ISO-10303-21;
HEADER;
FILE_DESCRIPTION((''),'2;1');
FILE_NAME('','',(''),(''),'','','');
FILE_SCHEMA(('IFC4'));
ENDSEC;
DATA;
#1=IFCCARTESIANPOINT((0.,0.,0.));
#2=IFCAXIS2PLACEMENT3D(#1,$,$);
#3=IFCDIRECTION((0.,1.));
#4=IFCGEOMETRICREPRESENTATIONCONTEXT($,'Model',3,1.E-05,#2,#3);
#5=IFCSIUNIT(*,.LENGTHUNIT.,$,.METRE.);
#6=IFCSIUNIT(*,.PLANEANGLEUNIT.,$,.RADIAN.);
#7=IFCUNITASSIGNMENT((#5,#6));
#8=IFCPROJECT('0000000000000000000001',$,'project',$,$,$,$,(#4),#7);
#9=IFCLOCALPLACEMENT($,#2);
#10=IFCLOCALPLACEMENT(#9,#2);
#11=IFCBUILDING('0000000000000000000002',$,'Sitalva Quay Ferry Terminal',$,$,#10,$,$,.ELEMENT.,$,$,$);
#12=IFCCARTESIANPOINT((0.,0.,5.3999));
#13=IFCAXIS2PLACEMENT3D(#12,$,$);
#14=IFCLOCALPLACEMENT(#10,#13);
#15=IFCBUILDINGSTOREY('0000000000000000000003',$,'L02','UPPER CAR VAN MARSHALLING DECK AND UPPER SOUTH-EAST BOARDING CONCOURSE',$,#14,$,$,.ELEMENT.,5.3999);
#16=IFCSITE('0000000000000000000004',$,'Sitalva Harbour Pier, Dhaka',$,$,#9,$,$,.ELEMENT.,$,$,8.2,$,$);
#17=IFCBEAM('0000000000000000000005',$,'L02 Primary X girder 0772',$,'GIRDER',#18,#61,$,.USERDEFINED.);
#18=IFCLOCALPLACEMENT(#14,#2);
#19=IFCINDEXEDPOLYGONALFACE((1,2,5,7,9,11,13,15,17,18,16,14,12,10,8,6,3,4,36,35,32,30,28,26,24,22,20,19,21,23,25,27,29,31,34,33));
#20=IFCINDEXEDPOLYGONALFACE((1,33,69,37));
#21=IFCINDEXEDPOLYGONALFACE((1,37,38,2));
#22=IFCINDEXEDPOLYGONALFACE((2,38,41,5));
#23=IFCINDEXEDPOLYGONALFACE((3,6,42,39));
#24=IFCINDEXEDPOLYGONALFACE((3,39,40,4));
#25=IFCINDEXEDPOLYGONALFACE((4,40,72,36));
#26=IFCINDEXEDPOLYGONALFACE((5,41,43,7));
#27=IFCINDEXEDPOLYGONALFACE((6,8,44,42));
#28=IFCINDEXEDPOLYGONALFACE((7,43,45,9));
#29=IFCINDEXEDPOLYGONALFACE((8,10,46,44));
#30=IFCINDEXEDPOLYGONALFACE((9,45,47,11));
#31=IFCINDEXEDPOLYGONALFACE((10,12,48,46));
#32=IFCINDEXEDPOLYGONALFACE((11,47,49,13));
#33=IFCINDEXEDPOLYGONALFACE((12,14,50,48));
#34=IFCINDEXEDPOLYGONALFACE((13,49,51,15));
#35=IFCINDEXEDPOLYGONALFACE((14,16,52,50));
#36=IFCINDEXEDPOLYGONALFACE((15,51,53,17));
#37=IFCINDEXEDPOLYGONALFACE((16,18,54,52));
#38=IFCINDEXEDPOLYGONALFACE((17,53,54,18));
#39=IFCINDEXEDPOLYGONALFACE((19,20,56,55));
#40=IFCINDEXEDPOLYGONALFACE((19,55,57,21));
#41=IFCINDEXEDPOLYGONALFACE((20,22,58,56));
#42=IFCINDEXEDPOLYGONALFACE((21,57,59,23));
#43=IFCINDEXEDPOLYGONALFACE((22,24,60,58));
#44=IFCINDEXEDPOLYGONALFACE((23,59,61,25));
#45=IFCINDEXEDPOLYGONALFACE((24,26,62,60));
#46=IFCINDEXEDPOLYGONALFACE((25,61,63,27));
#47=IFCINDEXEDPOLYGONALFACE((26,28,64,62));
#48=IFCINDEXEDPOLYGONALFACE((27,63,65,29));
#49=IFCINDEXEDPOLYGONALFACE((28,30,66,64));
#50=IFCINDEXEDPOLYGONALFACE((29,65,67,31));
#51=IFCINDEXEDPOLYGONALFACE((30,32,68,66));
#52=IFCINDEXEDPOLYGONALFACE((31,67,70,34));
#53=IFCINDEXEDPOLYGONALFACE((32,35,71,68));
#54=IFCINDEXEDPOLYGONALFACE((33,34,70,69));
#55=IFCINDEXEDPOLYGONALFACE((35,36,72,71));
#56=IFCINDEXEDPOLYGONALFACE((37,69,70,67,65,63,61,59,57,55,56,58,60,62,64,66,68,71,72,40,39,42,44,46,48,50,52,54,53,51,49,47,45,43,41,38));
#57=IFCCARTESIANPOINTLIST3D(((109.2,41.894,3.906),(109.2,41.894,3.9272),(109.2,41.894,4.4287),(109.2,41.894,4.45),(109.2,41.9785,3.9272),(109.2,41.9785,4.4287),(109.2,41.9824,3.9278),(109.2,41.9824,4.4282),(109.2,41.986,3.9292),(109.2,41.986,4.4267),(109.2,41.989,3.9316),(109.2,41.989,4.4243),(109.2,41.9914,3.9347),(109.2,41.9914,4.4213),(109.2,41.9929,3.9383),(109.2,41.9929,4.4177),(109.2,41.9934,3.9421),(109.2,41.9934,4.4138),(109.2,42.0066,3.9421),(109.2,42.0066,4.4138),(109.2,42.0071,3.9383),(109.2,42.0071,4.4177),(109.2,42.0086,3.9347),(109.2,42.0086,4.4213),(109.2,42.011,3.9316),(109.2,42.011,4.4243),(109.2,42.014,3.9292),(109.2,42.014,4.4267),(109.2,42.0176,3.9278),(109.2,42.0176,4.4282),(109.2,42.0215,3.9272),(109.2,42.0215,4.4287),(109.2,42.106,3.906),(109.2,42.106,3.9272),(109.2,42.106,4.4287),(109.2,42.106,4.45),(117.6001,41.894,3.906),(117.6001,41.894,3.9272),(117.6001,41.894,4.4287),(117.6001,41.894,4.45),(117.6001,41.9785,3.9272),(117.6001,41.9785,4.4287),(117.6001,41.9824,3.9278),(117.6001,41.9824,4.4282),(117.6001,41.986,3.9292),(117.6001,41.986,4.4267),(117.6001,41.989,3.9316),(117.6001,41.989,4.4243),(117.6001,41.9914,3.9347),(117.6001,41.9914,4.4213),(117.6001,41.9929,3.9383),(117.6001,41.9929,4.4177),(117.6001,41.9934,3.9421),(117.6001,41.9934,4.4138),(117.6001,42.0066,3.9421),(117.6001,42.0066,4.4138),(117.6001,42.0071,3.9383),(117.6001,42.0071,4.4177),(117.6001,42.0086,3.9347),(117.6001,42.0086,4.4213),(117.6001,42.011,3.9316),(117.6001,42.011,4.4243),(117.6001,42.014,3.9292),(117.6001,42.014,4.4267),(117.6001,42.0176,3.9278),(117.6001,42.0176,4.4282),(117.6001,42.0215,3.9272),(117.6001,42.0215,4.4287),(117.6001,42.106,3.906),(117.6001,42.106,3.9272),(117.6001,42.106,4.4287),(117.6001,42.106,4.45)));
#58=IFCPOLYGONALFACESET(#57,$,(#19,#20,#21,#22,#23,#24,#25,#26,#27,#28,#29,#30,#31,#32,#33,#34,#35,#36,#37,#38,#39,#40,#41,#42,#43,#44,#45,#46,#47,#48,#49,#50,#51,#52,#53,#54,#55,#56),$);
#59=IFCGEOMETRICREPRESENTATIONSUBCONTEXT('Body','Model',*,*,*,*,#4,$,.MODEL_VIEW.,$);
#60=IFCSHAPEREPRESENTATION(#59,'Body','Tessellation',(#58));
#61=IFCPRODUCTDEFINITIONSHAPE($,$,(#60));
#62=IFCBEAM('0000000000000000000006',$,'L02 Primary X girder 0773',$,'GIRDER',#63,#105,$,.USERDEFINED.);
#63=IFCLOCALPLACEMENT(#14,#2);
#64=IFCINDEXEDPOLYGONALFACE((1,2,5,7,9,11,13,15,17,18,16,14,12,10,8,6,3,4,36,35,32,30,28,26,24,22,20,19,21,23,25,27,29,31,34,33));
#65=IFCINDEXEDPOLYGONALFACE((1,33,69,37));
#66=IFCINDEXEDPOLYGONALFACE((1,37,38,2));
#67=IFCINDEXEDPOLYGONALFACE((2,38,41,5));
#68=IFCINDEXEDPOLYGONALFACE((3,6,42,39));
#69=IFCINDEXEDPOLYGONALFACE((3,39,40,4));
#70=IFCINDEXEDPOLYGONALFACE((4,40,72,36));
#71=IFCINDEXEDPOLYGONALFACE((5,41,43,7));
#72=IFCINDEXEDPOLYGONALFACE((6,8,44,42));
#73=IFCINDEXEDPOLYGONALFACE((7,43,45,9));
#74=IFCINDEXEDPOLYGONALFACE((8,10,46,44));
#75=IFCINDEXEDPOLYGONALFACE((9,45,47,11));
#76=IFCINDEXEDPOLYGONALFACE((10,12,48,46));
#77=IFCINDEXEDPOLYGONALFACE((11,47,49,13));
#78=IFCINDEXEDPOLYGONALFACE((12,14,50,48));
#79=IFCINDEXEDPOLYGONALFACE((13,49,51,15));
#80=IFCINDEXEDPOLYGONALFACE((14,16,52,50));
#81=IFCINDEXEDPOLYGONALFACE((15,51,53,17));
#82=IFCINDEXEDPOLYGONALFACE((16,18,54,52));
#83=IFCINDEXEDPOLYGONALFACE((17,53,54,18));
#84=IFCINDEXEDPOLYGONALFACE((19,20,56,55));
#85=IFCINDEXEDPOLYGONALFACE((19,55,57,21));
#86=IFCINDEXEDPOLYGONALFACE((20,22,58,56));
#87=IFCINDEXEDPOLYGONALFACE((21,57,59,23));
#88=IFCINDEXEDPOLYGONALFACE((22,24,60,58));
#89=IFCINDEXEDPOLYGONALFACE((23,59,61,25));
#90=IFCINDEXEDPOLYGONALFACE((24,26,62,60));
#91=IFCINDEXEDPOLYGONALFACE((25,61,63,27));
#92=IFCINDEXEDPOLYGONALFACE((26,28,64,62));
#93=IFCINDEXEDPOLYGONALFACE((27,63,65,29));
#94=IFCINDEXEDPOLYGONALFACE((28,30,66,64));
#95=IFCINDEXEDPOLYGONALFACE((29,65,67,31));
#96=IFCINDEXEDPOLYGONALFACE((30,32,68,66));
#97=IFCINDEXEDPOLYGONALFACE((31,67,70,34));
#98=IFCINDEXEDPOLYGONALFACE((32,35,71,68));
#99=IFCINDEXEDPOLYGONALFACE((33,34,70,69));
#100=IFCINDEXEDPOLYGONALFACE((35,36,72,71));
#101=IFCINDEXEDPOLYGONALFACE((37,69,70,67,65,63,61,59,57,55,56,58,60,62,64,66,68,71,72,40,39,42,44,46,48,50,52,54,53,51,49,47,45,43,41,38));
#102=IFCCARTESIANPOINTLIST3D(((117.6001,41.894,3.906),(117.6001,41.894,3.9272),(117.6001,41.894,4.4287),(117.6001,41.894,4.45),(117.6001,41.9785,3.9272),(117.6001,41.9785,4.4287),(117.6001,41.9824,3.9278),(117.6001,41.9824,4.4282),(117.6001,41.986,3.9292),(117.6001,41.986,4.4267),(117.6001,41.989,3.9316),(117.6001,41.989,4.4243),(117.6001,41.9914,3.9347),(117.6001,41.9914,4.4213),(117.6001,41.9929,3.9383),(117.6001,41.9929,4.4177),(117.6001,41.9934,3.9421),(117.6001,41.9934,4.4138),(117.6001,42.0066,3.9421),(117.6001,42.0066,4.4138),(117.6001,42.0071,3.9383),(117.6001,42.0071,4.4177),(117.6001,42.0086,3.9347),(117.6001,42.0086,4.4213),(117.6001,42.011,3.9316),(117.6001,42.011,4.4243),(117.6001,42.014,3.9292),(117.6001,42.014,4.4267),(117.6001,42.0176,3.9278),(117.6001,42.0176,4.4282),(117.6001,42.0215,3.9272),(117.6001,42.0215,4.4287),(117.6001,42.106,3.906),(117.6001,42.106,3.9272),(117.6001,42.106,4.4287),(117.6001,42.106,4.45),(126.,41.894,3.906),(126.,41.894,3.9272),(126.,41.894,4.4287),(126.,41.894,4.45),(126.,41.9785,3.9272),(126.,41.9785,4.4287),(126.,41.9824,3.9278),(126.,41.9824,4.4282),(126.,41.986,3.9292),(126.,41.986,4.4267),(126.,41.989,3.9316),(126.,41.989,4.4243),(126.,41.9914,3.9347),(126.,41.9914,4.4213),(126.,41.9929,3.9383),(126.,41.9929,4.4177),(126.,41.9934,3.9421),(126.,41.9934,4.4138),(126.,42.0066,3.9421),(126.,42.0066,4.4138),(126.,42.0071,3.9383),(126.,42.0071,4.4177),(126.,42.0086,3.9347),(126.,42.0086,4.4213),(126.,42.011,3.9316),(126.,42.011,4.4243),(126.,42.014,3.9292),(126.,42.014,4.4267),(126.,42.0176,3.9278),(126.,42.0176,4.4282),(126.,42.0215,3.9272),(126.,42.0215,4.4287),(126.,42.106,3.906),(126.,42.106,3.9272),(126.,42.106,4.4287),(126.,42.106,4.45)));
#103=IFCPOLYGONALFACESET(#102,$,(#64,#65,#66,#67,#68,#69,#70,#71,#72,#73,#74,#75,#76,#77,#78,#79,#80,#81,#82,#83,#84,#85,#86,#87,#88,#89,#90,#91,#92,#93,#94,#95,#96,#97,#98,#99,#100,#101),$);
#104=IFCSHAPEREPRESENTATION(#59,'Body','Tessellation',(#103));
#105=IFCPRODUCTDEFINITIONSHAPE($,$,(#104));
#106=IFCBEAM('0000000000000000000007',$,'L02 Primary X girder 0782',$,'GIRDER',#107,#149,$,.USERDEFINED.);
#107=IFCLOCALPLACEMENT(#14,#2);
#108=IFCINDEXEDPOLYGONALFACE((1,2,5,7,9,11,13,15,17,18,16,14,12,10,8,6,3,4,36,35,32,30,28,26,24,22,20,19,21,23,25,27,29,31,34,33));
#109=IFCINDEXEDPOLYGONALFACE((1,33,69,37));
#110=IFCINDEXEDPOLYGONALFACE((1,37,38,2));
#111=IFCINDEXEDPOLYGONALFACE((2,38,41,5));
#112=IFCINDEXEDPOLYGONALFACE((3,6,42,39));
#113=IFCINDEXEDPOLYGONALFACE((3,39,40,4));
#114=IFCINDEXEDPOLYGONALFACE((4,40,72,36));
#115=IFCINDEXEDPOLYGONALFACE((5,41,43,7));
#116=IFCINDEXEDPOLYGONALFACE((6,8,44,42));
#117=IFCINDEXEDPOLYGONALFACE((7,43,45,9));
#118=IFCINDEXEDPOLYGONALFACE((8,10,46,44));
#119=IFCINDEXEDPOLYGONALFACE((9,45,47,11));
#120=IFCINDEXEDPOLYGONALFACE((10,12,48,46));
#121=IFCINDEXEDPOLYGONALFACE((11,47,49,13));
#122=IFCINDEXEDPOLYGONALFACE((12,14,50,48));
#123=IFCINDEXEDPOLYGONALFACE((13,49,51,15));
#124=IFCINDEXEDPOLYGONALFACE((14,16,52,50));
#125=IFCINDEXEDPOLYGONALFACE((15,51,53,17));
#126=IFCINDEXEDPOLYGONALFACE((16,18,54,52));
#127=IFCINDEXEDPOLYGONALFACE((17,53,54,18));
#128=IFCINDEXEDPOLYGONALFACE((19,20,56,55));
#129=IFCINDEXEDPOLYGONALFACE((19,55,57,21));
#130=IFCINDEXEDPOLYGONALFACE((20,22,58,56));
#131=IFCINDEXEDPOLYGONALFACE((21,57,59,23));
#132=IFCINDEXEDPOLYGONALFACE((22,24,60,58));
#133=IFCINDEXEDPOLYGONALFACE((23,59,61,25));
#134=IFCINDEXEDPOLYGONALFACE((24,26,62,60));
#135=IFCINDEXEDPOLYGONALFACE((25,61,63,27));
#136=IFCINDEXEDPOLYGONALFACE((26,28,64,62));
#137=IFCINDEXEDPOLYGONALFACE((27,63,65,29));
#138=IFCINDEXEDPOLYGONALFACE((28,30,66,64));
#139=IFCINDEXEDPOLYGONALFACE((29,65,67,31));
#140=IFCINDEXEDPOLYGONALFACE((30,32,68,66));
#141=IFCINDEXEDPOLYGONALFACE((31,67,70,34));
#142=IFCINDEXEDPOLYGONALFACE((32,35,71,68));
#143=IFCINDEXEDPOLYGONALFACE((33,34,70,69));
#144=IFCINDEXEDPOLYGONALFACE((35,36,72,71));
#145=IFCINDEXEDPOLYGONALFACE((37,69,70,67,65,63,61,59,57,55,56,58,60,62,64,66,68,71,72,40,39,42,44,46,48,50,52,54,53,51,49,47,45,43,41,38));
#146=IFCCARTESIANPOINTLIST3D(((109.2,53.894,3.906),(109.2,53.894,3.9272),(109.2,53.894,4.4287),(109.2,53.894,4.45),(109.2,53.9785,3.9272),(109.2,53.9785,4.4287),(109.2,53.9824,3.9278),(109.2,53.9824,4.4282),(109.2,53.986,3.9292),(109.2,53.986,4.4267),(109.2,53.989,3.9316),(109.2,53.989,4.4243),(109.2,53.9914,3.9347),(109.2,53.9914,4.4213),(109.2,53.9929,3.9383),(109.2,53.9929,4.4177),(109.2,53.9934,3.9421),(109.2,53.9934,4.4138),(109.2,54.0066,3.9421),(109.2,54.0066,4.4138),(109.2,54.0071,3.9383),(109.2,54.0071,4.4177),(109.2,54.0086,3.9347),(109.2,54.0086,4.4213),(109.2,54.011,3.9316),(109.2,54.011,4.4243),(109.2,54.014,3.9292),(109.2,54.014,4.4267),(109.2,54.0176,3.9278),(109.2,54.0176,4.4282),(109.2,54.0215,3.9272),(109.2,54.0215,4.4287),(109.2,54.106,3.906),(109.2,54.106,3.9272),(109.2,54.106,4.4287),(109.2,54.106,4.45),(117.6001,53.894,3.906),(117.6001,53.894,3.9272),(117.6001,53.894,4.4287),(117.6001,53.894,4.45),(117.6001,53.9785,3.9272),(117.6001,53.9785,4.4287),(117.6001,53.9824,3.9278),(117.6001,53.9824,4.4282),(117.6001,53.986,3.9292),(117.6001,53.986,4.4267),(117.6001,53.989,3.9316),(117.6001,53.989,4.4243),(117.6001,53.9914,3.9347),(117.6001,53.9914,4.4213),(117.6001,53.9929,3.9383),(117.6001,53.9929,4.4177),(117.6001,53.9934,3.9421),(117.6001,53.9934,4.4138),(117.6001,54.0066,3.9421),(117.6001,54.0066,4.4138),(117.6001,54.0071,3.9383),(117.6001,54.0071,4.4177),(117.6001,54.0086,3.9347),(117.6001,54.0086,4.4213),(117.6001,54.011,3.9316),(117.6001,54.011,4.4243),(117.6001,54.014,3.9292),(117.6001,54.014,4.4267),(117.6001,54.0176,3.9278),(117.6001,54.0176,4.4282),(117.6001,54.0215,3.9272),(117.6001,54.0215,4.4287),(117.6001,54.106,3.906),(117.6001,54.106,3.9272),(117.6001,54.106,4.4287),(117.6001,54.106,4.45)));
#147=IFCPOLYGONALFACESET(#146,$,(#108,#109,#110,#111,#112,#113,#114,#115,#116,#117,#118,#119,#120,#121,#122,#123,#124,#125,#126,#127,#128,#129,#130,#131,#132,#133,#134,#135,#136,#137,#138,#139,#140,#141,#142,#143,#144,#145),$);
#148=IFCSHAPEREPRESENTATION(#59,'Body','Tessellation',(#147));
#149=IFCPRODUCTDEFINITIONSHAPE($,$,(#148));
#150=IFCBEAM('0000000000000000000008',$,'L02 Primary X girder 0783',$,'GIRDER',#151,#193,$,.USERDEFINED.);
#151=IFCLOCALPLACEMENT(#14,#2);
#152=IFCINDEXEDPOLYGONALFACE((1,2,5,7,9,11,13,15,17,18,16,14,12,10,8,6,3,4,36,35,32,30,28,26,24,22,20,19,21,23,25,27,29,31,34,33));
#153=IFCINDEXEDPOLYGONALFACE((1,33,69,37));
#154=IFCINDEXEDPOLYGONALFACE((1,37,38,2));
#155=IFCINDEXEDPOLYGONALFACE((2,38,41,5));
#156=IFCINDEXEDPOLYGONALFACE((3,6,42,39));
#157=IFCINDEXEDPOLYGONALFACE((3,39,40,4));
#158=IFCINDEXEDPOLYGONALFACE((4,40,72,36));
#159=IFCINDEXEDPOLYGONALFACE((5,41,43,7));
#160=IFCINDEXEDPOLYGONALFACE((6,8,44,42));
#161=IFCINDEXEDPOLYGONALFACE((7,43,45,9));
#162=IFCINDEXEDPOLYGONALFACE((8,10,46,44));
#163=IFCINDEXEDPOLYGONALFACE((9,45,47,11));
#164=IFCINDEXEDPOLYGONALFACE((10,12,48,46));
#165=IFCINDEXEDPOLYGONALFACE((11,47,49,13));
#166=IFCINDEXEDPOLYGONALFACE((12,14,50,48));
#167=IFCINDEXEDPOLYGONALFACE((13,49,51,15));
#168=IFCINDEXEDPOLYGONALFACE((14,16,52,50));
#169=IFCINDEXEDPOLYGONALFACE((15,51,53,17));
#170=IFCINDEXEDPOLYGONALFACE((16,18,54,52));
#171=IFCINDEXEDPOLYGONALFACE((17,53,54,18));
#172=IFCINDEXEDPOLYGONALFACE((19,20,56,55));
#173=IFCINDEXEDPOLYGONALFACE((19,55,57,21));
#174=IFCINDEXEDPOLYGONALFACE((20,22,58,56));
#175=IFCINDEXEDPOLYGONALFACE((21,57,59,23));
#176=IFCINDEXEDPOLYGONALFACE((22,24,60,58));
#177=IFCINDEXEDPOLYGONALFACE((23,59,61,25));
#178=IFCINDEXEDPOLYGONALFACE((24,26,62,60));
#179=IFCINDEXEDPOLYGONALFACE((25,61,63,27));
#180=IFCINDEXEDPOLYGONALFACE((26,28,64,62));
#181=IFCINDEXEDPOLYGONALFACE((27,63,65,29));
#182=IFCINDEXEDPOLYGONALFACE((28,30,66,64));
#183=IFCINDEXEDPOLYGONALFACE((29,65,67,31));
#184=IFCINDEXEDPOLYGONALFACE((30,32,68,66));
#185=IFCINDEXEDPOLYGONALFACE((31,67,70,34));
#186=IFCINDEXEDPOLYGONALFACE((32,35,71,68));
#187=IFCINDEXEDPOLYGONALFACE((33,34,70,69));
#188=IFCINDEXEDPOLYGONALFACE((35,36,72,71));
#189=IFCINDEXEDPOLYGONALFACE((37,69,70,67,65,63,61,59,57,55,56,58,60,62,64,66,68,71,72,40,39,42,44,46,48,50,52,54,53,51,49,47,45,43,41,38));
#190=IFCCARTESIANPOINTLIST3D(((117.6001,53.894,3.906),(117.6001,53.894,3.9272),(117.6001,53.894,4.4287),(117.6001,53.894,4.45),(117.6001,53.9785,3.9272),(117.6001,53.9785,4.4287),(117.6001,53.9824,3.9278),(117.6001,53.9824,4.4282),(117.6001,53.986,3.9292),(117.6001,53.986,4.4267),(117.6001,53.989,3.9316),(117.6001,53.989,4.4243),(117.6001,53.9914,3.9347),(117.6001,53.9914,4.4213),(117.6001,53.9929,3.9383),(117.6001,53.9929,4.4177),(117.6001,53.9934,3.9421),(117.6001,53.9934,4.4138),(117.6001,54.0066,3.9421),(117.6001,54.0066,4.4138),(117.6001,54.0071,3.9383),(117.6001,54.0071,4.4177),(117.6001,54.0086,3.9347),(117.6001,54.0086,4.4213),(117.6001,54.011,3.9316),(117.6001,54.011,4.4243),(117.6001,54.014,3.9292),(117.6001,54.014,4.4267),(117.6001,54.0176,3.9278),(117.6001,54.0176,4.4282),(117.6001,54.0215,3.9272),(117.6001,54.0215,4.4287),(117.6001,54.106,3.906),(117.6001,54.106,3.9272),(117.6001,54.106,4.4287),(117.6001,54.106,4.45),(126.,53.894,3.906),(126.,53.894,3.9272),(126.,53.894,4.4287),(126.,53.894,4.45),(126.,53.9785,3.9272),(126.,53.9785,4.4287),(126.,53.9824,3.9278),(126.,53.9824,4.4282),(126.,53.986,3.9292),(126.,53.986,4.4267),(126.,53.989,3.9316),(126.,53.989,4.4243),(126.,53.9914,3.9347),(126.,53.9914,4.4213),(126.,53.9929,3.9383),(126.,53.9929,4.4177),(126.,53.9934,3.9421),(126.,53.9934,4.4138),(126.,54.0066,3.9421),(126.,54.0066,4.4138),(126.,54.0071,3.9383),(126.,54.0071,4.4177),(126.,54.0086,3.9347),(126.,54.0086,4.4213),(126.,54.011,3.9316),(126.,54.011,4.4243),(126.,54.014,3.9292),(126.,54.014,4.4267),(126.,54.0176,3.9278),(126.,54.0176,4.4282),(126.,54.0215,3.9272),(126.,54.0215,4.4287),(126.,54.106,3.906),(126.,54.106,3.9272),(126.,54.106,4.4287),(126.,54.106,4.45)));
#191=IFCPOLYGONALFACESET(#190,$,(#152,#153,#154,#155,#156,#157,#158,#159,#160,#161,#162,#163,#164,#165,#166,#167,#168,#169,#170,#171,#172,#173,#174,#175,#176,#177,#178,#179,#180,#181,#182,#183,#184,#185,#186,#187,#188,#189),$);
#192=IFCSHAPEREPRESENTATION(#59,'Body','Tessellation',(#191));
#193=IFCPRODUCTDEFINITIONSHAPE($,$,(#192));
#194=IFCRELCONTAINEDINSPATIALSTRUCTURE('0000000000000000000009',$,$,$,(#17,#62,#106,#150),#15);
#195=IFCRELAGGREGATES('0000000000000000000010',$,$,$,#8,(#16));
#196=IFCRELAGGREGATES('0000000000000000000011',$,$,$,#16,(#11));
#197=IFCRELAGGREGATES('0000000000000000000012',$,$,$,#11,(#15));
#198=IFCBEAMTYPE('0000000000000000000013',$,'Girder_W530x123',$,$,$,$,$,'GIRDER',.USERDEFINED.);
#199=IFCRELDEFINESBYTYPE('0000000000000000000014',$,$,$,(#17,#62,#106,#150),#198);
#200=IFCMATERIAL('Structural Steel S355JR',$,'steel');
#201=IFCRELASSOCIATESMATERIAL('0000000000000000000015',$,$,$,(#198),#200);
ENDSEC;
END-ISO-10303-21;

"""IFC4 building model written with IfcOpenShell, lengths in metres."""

from ifc_helpers import new_model, si_unit, direction, frame, origin, origin_2d, place, context, subcontext, project, spatial, i_section, extrude, material, material_profile, profile_set, type_object, element, save


model = new_model("IFC4")

# Units and contexts
model_context = context("Model", 3, precision=1e-05, world=origin(), true_north=direction((0.0, 1.0)))
body_context = subcontext(model_context, "Body", "Model", "MODEL_VIEW")
ifc_project = project(units=[si_unit("LENGTHUNIT", "METRE"), si_unit("PLANEANGLEUNIT", "RADIAN")], contexts=[model_context])

# Site, building, storey
site_placement = place(None, origin())
site = spatial("IfcSite", under=ifc_project, at=site_placement, Name="Sitalva Harbour Pier, Dhaka", CompositionType="ELEMENT", RefElevation=8.2)
building_placement = place(site_placement, origin())
building = spatial("IfcBuilding", under=site, at=building_placement, Name="Sitalva Quay Ferry Terminal", CompositionType="ELEMENT")
storey_placement = place(building_placement, frame((0.0, 0.0, 5.3999)))
storey = spatial("IfcBuildingStorey", under=building, at=storey_placement, Name="L02", Description="UPPER CAR VAN MARSHALLING DECK AND UPPER SOUTH-EAST BOARDING CONCOURSE", CompositionType="ELEMENT", Elevation=5.3999)

# Beams
ifc_material_1 = material(Name="Structural Steel S355JR", Category="steel")
ifc_material_profile_1 = material_profile(ifc_material_1, i_section(OverallWidth=0.2119, OverallDepth=0.5439, WebThickness=0.0132, FlangeThickness=0.0212, FilletRadius=0.0149, at=origin_2d()), Name="W530x123")
ifc_profile_set_1 = profile_set([ifc_material_profile_1], Name="Structural Steel S355JR")
beam_type_1 = type_object("IfcBeamType", Name="Girder_W530x123", ElementType="GIRDER", PredefinedType="USERDEFINED", material=ifc_profile_set_1)
beam_1_placement = place(storey_placement, frame((109.2, 42.0, 4.178), z_axis=(1.0, 0.0, 0.0), x_axis=(0.0, 1.0, 0.0)))
element("IfcBeam", 1, at=beam_1_placement, inside=storey, type_object=beam_type_1, Name="L02 Primary X girder 0772", ObjectType="GIRDER", PredefinedType="USERDEFINED", context=body_context, shape_type="SweptSolid", body=[
    extrude(i_section(OverallWidth=0.2119, OverallDepth=0.5439, WebThickness=0.0132, FlangeThickness=0.0212, FilletRadius=0.0149, at=origin_2d()), origin(), (0.0, 0.0, 1.0), 8.4001),
])
beam_2_placement = place(storey_placement, frame((117.6001, 42.0, 4.178), z_axis=(1.0, 0.0, 0.0), x_axis=(0.0, 1.0, 0.0)))
element("IfcBeam", 2, at=beam_2_placement, inside=storey, type_object=beam_type_1, Name="L02 Primary X girder 0773", ObjectType="GIRDER", PredefinedType="USERDEFINED", context=body_context, shape_type="SweptSolid", body=[
    extrude(i_section(OverallWidth=0.2119, OverallDepth=0.5439, WebThickness=0.0132, FlangeThickness=0.0212, FilletRadius=0.0149, at=origin_2d()), origin(), (0.0, 0.0, 1.0), 8.3999),
])
beam_3_placement = place(storey_placement, frame((109.2, 54.0, 4.178), z_axis=(1.0, 0.0, 0.0), x_axis=(0.0, 1.0, 0.0)))
element("IfcBeam", 3, at=beam_3_placement, inside=storey, type_object=beam_type_1, Name="L02 Primary X girder 0782", ObjectType="GIRDER", PredefinedType="USERDEFINED", context=body_context, shape_type="SweptSolid", body=[
    extrude(i_section(OverallWidth=0.2119, OverallDepth=0.5439, WebThickness=0.0132, FlangeThickness=0.0212, FilletRadius=0.0149, at=origin_2d()), origin(), (0.0, 0.0, 1.0), 8.4001),
])
beam_4_placement = place(storey_placement, frame((117.6001, 54.0, 4.178), z_axis=(1.0, 0.0, 0.0), x_axis=(0.0, 1.0, 0.0)))
element("IfcBeam", 4, at=beam_4_placement, inside=storey, type_object=beam_type_1, Name="L02 Primary X girder 0783", ObjectType="GIRDER", PredefinedType="USERDEFINED", context=body_context, shape_type="SweptSolid", body=[
    extrude(i_section(OverallWidth=0.2119, OverallDepth=0.5439, WebThickness=0.0132, FlangeThickness=0.0212, FilletRadius=0.0149, at=origin_2d()), origin(), (0.0, 0.0, 1.0), 8.3999),
])

save(model, "model.ifc")
